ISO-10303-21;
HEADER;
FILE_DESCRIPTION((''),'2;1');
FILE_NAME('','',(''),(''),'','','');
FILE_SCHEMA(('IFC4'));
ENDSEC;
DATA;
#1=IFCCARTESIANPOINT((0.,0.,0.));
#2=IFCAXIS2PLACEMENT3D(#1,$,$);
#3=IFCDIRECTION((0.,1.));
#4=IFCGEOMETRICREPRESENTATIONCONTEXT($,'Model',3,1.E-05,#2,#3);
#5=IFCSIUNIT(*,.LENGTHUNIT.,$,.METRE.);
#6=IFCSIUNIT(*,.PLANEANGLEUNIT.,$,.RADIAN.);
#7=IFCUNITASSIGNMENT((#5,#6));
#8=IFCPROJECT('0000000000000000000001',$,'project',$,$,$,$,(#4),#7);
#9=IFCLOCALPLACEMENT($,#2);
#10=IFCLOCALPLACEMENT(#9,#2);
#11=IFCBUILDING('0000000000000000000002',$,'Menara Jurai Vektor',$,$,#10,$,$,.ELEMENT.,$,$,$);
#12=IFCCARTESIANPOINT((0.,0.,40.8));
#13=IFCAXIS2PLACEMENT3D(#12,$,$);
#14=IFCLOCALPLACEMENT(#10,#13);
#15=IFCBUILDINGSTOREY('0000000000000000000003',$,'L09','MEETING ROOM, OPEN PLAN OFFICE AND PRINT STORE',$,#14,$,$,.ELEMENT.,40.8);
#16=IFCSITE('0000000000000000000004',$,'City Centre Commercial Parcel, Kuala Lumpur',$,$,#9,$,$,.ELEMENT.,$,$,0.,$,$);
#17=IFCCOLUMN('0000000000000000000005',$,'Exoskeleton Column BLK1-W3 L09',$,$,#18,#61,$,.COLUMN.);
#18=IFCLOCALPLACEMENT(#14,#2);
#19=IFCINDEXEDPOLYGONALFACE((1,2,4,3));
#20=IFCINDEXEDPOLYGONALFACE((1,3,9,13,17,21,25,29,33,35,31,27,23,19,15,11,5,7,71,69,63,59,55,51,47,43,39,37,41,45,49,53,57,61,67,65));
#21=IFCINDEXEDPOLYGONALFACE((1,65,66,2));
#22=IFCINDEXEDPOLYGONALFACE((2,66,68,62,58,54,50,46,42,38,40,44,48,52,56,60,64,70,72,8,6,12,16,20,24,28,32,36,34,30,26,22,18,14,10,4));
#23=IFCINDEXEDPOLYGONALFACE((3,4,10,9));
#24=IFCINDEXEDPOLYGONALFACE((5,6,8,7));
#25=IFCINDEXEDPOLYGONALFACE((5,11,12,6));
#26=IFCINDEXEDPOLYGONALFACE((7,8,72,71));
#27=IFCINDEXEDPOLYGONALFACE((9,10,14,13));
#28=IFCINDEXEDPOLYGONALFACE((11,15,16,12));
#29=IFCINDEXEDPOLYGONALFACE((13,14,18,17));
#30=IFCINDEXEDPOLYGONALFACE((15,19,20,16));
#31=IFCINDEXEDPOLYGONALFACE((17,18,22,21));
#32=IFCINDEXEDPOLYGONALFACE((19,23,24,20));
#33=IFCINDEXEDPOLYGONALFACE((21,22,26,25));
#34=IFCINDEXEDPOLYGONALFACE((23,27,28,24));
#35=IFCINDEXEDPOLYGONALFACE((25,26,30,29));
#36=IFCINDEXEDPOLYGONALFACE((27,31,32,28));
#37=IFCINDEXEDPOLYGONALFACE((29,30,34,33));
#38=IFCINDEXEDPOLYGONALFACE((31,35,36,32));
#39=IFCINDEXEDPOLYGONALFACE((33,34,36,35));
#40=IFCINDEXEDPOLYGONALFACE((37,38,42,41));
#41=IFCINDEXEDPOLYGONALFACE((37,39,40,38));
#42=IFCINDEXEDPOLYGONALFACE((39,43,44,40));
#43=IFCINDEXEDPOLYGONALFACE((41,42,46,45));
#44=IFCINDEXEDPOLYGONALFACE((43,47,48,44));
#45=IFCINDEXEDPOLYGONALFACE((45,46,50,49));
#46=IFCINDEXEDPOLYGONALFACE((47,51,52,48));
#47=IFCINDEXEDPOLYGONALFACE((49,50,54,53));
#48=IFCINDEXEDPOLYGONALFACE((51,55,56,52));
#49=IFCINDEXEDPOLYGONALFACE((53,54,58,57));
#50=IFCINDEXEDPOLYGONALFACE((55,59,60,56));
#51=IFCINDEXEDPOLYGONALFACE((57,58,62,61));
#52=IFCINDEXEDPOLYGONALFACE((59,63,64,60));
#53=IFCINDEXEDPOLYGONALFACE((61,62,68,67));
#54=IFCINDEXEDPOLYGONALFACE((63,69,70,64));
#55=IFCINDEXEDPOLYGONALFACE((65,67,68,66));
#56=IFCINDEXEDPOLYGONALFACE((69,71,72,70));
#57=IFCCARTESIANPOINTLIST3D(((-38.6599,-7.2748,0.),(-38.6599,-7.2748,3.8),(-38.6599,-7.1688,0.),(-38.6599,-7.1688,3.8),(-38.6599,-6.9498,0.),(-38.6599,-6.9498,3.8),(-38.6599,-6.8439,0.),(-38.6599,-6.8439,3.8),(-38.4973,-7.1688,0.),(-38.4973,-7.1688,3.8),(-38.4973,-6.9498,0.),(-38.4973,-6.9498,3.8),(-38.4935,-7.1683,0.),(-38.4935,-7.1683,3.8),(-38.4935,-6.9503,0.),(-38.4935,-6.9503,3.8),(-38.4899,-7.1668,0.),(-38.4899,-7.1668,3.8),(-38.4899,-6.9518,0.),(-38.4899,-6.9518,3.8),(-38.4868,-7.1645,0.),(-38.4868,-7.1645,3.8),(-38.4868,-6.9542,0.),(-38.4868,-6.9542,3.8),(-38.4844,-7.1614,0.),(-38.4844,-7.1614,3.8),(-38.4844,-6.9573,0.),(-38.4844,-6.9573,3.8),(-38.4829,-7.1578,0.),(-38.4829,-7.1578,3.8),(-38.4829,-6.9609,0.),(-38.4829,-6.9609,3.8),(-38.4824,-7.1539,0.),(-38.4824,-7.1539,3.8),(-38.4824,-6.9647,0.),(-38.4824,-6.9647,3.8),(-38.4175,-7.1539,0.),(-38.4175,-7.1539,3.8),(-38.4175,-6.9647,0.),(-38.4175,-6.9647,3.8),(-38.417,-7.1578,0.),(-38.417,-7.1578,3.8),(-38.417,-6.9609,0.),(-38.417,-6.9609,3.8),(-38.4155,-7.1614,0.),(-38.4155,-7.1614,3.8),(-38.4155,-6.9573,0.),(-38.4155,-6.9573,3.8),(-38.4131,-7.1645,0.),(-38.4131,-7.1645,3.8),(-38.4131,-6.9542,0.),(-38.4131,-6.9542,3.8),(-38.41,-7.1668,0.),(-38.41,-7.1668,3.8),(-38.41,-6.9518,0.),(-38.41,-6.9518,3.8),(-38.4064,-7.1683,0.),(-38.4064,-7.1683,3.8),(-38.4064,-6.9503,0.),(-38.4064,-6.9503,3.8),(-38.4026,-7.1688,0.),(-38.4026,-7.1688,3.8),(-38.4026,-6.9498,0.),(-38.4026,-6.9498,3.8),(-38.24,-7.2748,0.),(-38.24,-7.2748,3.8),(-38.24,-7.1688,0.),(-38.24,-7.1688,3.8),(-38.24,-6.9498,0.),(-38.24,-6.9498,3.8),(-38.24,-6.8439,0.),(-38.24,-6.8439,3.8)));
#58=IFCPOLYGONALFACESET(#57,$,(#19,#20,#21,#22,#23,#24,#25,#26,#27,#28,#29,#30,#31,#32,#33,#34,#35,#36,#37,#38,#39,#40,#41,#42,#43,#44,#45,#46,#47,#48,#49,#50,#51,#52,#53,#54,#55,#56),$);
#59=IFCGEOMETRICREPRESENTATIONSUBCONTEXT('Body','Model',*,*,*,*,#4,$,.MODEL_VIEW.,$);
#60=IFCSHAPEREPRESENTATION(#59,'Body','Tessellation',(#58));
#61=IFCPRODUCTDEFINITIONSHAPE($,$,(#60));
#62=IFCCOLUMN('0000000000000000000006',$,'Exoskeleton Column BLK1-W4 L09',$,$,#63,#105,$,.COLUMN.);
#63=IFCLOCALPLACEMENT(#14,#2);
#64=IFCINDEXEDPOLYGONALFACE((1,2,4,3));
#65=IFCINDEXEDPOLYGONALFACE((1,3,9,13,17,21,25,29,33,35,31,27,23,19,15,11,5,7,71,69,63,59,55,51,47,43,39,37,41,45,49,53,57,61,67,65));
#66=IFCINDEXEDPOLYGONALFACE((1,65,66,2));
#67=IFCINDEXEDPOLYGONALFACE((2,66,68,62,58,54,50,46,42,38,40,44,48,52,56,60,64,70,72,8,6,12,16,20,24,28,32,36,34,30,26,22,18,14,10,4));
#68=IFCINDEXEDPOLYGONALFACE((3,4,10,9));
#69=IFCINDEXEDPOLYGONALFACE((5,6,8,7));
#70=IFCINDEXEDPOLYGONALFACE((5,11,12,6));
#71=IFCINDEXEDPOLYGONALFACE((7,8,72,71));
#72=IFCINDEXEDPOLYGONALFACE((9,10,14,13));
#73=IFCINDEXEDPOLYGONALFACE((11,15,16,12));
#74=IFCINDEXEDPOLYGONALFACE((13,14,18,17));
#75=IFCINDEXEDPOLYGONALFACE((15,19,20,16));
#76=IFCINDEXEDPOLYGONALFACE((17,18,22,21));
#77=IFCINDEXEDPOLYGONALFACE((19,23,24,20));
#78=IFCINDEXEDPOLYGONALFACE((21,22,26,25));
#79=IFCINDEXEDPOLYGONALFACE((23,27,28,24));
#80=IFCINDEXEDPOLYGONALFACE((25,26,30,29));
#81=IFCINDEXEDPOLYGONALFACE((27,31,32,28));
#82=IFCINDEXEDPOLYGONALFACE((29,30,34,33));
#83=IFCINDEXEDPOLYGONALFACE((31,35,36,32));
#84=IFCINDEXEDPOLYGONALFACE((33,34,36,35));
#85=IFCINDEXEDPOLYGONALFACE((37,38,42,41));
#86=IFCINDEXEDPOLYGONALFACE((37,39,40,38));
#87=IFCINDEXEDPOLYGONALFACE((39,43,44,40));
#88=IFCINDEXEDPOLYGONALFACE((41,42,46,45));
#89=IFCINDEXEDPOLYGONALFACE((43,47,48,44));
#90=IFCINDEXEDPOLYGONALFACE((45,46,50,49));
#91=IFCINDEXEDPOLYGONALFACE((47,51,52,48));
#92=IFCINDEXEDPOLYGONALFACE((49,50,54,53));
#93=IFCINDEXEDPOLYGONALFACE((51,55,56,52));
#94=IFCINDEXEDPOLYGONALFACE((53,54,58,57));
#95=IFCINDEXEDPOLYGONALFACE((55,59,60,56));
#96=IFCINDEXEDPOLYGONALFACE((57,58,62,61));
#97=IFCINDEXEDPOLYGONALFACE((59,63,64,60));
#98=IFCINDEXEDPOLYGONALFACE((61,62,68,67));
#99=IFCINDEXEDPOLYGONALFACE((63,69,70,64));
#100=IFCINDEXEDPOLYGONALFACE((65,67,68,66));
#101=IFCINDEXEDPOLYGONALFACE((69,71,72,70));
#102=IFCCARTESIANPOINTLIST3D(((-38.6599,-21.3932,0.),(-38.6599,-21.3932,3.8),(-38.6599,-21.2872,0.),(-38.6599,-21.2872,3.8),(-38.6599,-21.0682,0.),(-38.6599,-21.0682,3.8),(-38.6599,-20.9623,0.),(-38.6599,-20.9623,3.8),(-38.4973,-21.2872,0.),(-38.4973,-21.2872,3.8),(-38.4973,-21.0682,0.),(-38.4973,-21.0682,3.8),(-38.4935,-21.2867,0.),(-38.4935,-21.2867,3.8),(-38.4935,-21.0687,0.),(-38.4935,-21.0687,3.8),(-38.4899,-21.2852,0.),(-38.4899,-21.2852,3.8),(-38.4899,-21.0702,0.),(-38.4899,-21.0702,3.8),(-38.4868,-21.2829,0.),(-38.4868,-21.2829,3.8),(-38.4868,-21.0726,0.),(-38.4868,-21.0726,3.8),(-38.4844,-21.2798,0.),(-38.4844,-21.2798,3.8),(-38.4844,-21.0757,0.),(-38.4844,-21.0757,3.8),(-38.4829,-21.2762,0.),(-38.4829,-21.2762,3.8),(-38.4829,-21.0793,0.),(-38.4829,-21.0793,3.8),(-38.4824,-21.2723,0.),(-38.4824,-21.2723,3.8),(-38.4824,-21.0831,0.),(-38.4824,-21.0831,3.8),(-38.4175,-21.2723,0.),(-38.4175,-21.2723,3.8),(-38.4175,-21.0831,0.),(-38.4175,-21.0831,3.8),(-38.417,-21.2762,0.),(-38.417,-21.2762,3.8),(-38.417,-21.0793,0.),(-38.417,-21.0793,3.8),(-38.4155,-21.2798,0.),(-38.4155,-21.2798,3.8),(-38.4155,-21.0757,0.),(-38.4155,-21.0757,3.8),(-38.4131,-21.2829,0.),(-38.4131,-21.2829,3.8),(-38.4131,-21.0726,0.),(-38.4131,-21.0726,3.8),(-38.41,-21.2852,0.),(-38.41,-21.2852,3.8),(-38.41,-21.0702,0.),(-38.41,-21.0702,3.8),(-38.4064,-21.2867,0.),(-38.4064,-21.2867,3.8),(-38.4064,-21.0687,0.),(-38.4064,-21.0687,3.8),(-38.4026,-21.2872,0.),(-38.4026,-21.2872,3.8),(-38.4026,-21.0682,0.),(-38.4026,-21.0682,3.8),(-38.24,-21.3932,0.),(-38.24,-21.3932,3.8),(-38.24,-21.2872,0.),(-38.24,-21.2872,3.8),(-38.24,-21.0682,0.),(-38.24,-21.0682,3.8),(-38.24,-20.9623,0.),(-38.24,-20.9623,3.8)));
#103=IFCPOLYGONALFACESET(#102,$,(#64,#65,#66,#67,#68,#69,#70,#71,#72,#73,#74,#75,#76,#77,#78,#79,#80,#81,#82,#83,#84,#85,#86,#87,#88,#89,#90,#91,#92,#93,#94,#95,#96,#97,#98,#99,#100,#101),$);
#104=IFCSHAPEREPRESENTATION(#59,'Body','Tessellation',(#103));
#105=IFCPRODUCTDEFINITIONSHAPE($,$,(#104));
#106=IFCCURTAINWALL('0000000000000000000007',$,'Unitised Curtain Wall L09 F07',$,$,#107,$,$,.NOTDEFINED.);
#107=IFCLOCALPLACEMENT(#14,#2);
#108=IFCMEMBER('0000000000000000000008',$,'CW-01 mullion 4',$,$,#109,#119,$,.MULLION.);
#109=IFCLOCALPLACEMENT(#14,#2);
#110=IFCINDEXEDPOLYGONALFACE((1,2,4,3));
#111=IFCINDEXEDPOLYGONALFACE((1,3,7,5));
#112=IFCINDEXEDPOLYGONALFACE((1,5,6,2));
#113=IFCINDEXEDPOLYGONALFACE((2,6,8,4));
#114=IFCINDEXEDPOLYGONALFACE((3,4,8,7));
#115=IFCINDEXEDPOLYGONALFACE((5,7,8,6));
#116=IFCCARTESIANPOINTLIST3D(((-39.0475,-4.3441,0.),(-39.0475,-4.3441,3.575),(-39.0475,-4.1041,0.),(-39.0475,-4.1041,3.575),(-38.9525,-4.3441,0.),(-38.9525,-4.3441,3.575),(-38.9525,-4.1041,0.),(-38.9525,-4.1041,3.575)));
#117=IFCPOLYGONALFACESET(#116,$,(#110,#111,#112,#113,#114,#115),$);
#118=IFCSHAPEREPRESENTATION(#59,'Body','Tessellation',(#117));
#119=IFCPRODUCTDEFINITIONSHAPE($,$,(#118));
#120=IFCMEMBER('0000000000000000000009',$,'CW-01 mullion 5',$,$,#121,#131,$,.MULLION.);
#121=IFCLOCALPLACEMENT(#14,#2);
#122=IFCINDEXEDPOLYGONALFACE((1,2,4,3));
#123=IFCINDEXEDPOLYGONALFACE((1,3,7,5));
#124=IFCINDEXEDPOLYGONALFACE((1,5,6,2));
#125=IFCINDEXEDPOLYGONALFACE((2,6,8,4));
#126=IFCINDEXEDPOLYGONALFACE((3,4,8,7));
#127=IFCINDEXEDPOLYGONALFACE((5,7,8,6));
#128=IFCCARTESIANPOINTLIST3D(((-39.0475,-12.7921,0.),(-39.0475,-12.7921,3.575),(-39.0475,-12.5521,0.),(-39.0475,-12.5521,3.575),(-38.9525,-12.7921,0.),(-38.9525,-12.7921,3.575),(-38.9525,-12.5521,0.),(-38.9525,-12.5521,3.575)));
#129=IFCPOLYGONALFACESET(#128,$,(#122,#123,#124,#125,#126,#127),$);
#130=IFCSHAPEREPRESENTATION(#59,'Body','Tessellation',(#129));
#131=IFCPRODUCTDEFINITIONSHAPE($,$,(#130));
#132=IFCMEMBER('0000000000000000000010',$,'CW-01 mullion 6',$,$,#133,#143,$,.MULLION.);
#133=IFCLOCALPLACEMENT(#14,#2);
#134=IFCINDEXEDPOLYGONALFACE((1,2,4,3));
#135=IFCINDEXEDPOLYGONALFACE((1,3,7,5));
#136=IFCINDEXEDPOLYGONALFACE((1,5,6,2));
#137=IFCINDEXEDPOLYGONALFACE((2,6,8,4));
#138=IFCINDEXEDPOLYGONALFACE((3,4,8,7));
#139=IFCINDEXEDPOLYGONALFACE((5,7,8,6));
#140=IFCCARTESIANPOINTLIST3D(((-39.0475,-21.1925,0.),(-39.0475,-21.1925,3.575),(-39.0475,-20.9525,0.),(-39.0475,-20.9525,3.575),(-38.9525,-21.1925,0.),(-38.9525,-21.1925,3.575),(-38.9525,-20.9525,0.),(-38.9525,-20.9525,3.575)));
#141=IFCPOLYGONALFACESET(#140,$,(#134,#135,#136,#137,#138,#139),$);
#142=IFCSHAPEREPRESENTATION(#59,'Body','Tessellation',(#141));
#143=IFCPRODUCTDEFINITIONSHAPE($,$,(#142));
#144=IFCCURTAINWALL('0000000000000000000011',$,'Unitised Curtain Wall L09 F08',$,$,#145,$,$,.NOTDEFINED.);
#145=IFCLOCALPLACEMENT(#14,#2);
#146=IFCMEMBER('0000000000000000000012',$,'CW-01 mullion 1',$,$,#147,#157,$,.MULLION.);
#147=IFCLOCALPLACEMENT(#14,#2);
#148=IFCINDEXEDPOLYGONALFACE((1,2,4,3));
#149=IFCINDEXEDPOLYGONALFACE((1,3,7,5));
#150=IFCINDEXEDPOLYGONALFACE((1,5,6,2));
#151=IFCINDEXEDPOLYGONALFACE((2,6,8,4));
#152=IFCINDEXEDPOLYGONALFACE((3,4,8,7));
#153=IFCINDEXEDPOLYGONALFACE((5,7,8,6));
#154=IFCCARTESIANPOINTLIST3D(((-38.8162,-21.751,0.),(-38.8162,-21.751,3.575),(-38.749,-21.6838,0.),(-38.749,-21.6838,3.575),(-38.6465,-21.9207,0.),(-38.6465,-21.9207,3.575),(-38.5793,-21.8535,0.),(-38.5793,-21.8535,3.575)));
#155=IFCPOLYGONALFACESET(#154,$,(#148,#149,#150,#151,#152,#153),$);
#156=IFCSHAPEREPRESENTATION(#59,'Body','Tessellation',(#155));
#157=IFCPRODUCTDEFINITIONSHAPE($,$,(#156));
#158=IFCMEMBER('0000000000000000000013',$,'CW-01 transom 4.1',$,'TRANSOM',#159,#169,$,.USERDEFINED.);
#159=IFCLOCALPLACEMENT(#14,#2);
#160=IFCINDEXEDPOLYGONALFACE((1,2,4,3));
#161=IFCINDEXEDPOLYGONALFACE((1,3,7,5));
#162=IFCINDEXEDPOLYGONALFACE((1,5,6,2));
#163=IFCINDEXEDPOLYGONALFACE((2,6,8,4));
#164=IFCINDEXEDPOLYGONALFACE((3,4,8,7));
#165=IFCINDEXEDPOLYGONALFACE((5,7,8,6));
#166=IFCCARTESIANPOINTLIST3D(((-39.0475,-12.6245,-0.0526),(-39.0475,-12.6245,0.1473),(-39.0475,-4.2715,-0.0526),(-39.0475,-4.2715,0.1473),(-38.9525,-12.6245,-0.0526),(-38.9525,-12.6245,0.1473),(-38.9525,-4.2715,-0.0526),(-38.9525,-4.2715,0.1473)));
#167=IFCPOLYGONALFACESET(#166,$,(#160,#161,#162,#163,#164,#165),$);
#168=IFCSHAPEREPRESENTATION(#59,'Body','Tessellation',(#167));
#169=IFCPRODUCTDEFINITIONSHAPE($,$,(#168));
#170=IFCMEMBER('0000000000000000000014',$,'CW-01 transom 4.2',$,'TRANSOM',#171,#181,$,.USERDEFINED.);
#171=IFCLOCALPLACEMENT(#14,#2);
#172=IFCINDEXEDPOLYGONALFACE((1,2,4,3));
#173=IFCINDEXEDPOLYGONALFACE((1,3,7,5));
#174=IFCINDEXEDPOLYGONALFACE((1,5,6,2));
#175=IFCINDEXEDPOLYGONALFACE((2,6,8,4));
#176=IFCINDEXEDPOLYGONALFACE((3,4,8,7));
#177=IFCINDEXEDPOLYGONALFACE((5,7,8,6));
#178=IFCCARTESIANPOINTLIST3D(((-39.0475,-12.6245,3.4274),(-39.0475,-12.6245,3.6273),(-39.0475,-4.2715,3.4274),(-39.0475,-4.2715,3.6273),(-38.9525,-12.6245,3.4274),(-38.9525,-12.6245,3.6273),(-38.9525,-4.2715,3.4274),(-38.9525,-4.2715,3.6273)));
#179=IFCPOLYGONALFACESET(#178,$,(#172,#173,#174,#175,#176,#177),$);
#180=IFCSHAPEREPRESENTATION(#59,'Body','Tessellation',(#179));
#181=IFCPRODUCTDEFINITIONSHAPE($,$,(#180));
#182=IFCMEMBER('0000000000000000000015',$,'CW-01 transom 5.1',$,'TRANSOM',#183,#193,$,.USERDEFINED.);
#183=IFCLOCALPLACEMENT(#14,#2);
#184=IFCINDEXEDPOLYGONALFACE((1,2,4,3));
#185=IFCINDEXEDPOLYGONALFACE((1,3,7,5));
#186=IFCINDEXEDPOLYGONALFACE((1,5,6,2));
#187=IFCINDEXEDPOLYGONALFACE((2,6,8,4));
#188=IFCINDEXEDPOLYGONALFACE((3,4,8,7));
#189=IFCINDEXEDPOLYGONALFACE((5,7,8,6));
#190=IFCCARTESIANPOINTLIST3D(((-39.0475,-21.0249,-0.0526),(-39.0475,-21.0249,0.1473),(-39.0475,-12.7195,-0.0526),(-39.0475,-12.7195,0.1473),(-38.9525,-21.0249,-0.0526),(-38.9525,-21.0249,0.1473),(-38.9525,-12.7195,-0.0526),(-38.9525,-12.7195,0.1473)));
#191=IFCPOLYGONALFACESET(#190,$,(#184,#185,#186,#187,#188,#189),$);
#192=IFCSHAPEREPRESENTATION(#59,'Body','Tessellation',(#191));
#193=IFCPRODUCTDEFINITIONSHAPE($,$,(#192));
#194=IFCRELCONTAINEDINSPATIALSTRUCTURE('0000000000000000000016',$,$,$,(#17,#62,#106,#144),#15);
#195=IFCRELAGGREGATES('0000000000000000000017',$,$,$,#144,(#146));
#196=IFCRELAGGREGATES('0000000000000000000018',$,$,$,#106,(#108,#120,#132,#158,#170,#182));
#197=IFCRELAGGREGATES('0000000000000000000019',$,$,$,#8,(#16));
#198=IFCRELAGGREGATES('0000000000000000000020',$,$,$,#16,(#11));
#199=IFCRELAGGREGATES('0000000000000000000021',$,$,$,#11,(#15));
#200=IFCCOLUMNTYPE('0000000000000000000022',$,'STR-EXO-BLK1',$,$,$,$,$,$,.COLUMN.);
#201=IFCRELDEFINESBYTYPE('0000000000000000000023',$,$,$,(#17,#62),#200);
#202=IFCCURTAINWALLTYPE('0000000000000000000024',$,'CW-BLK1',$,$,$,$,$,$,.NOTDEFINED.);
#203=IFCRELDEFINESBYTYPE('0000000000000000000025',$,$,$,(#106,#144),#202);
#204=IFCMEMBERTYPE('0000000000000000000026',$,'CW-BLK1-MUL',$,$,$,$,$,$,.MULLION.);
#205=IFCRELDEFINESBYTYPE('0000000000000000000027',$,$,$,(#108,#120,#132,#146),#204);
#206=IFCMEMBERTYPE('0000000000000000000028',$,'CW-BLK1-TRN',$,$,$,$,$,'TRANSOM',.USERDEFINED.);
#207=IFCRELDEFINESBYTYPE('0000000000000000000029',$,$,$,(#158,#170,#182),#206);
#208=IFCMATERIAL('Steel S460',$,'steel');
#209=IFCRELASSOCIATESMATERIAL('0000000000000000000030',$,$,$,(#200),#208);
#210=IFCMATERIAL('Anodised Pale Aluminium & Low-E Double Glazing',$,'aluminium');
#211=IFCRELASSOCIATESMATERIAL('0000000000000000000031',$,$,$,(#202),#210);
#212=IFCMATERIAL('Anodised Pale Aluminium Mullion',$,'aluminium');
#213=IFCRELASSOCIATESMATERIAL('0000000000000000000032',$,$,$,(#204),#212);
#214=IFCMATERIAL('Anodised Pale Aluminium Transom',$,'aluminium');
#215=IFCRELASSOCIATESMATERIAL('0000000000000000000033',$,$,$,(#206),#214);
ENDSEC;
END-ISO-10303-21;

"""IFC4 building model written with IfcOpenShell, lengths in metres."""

from ifc_helpers import new_model, si_unit, direction, frame, origin, origin_2d, place, context, subcontext, project, spatial, rectangle, i_section, extrude, material, material_profile, profile_set, type_object, element, aggregate, save


model = new_model("IFC4")

# Units and contexts
model_context = context("Model", 3, precision=1e-05, world=origin(), true_north=direction((0.0, 1.0)))
body_context = subcontext(model_context, "Body", "Model", "MODEL_VIEW")
ifc_project = project(units=[si_unit("LENGTHUNIT", "METRE"), si_unit("PLANEANGLEUNIT", "RADIAN")], contexts=[model_context])

# Site, building, storey
site_placement = place(None, origin())
site = spatial("IfcSite", under=ifc_project, at=site_placement, Name="City Centre Commercial Parcel, Kuala Lumpur", CompositionType="ELEMENT", RefElevation=0.0)
building_placement = place(site_placement, origin())
building = spatial("IfcBuilding", under=site, at=building_placement, Name="Menara Jurai Vektor", CompositionType="ELEMENT")
storey_placement = place(building_placement, frame((0.0, 0.0, 40.8)))
storey = spatial("IfcBuildingStorey", under=building, at=storey_placement, Name="L09", Description="MEETING ROOM, OPEN PLAN OFFICE AND PRINT STORE", CompositionType="ELEMENT", Elevation=40.8)

# Columns
ifc_material_1 = material(Name="Steel S460", Category="steel")
ifc_material_profile_1 = material_profile(ifc_material_1, i_section(OverallWidth=0.4199, OverallDepth=0.4309, WebThickness=0.0649, FlangeThickness=0.106, FilletRadius=0.0149, at=origin_2d()), Name="HD 400x900")
ifc_profile_set_1 = profile_set([ifc_material_profile_1], Name="Steel S460")
column_type = type_object("IfcColumnType", Name="STR-EXO-BLK1", PredefinedType="COLUMN", material=ifc_profile_set_1)
for number, where, z_axis, x_axis, name in (
    (1, (-38.45, -7.0593, 0.0), (0.0, 0.0, 1.0), (1.0, 0.0, 0.0), "Exoskeleton Column BLK1-W3 L09"),
    (2, (-38.45, -21.1777, 0.0), (0.0, 0.0, 1.0), (1.0, 0.0, 0.0), "Exoskeleton Column BLK1-W4 L09"),
):
    element("IfcColumn", number, at=place(storey_placement, frame(where, z_axis=z_axis, x_axis=x_axis)), inside=storey, type_object=column_type, Name=name, PredefinedType="COLUMN", context=body_context, shape_type="SweptSolid", body=[
        extrude(i_section(OverallWidth=0.4199, OverallDepth=0.4309, WebThickness=0.0649, FlangeThickness=0.106, FilletRadius=0.0149, at=origin_2d()), origin(), (0.0, 0.0, 1.0), 3.8),
    ])

# Curtain wall, members
ifc_material_2 = material(Name="Anodised Pale Aluminium & Low-E Double Glazing", Category="aluminium")
curtain_wall_type = type_object("IfcCurtainWallType", Name="CW-BLK1", PredefinedType="NOTDEFINED", material=ifc_material_2)
curtain_wall_1_placement = place(storey_placement, origin())
curtain_wall_1 = element("IfcCurtainWall", 3, at=curtain_wall_1_placement, inside=storey, type_object=curtain_wall_type, Name="Unitised Curtain Wall L09 F07", PredefinedType="NOTDEFINED")
ifc_material_3 = material(Name="Anodised Pale Aluminium Mullion", Category="aluminium")
ifc_material_profile_2 = material_profile(ifc_material_3, rectangle(XDim=0.095, YDim=0.24, at=origin_2d()), Name="ALU MUL 95x240")
ifc_profile_set_2 = profile_set([ifc_material_profile_2], Name="Anodised Pale Aluminium Mullion")
member_type_1 = type_object("IfcMemberType", Name="CW-BLK1-MUL", PredefinedType="MULLION", material=ifc_profile_set_2)
member_1_placement = place(storey_placement, frame((-39.0, -4.2241, 0.0), z_axis=(0.0, 0.0, 1.0), x_axis=(1.0, 0.0, 0.0)))
member_1 = element("IfcMember", 4, at=member_1_placement, type_object=member_type_1, Name="CW-01 mullion 4", PredefinedType="MULLION", context=body_context, shape_type="SweptSolid", body=[
    extrude(rectangle(XDim=0.095, YDim=0.24, at=origin_2d()), origin(), (0.0, 0.0, 1.0), 3.575),
])
member_2_placement = place(storey_placement, frame((-39.0, -12.6721, 0.0), z_axis=(0.0, 0.0, 1.0), x_axis=(1.0, 0.0, 0.0)))
member_2 = element("IfcMember", 5, at=member_2_placement, type_object=member_type_1, Name="CW-01 mullion 5", PredefinedType="MULLION", context=body_context, shape_type="SweptSolid", body=[
    extrude(rectangle(XDim=0.095, YDim=0.24, at=origin_2d()), origin(), (0.0, 0.0, 1.0), 3.575),
])
member_3_placement = place(storey_placement, frame((-39.0, -21.0725, 0.0), z_axis=(0.0, 0.0, 1.0), x_axis=(1.0, 0.0, 0.0)))
member_3 = element("IfcMember", 6, at=member_3_placement, type_object=member_type_1, Name="CW-01 mullion 6", PredefinedType="MULLION", context=body_context, shape_type="SweptSolid", body=[
    extrude(rectangle(XDim=0.095, YDim=0.24, at=origin_2d()), origin(), (0.0, 0.0, 1.0), 3.575),
])

# Curtain wall, member
curtain_wall_2_placement = place(storey_placement, origin())
curtain_wall_2 = element("IfcCurtainWall", 7, at=curtain_wall_2_placement, inside=storey, type_object=curtain_wall_type, Name="Unitised Curtain Wall L09 F08", PredefinedType="NOTDEFINED")
member_4_placement = place(storey_placement, frame((-38.6978, -21.8022, 0.0), z_axis=(0.0, 0.0, 1.0), x_axis=(0.707107, 0.707107, 0.0)))
member_4 = element("IfcMember", 8, at=member_4_placement, type_object=member_type_1, Name="CW-01 mullion 1", PredefinedType="MULLION", context=body_context, shape_type="SweptSolid", body=[
    extrude(rectangle(XDim=0.095, YDim=0.24, at=origin_2d()), origin(), (0.0, 0.0, 1.0), 3.575),
])

# Members
ifc_material_4 = material(Name="Anodised Pale Aluminium Transom", Category="aluminium")
ifc_material_profile_3 = material_profile(ifc_material_4, rectangle(XDim=0.095, YDim=0.2, at=origin_2d()), Name="ALU TRN 95x200")
ifc_profile_set_3 = profile_set([ifc_material_profile_3], Name="Anodised Pale Aluminium Transom")
member_type_2 = type_object("IfcMemberType", Name="CW-BLK1-TRN", ElementType="TRANSOM", PredefinedType="USERDEFINED", material=ifc_profile_set_3)
member_5_placement = place(storey_placement, frame((-39.0, -4.2715, 0.0474), z_axis=(0.0, -1.0, 0.0), x_axis=(1.0, 0.0, 0.0)))
member_5 = element("IfcMember", 9, at=member_5_placement, type_object=member_type_2, Name="CW-01 transom 4.1", ObjectType="TRANSOM", PredefinedType="USERDEFINED", context=body_context, shape_type="SweptSolid", body=[
    extrude(rectangle(XDim=0.095, YDim=0.2, at=origin_2d()), origin(), (0.0, 0.0, 1.0), 8.353),
])
member_6_placement = place(storey_placement, frame((-39.0, -4.2715, 3.5273), z_axis=(0.0, -1.0, 0.0), x_axis=(1.0, 0.0, 0.0)))
member_6 = element("IfcMember", 10, at=member_6_placement, type_object=member_type_2, Name="CW-01 transom 4.2", ObjectType="TRANSOM", PredefinedType="USERDEFINED", context=body_context, shape_type="SweptSolid", body=[
    extrude(rectangle(XDim=0.095, YDim=0.2, at=origin_2d()), origin(), (0.0, 0.0, 1.0), 8.353),
])
member_7_placement = place(storey_placement, frame((-39.0, -12.7195, 0.0474), z_axis=(0.0, -1.0, 0.0), x_axis=(1.0, 0.0, 0.0)))
member_7 = element("IfcMember", 11, at=member_7_placement, type_object=member_type_2, Name="CW-01 transom 5.1", ObjectType="TRANSOM", PredefinedType="USERDEFINED", context=body_context, shape_type="SweptSolid", body=[
    extrude(rectangle(XDim=0.095, YDim=0.2, at=origin_2d()), origin(), (0.0, 0.0, 1.0), 8.3054),
])
aggregate(curtain_wall_2, [member_4])

aggregate(curtain_wall_1, [member_1, member_2, member_3, member_5, member_6, member_7])

save(model, "model.ifc")
